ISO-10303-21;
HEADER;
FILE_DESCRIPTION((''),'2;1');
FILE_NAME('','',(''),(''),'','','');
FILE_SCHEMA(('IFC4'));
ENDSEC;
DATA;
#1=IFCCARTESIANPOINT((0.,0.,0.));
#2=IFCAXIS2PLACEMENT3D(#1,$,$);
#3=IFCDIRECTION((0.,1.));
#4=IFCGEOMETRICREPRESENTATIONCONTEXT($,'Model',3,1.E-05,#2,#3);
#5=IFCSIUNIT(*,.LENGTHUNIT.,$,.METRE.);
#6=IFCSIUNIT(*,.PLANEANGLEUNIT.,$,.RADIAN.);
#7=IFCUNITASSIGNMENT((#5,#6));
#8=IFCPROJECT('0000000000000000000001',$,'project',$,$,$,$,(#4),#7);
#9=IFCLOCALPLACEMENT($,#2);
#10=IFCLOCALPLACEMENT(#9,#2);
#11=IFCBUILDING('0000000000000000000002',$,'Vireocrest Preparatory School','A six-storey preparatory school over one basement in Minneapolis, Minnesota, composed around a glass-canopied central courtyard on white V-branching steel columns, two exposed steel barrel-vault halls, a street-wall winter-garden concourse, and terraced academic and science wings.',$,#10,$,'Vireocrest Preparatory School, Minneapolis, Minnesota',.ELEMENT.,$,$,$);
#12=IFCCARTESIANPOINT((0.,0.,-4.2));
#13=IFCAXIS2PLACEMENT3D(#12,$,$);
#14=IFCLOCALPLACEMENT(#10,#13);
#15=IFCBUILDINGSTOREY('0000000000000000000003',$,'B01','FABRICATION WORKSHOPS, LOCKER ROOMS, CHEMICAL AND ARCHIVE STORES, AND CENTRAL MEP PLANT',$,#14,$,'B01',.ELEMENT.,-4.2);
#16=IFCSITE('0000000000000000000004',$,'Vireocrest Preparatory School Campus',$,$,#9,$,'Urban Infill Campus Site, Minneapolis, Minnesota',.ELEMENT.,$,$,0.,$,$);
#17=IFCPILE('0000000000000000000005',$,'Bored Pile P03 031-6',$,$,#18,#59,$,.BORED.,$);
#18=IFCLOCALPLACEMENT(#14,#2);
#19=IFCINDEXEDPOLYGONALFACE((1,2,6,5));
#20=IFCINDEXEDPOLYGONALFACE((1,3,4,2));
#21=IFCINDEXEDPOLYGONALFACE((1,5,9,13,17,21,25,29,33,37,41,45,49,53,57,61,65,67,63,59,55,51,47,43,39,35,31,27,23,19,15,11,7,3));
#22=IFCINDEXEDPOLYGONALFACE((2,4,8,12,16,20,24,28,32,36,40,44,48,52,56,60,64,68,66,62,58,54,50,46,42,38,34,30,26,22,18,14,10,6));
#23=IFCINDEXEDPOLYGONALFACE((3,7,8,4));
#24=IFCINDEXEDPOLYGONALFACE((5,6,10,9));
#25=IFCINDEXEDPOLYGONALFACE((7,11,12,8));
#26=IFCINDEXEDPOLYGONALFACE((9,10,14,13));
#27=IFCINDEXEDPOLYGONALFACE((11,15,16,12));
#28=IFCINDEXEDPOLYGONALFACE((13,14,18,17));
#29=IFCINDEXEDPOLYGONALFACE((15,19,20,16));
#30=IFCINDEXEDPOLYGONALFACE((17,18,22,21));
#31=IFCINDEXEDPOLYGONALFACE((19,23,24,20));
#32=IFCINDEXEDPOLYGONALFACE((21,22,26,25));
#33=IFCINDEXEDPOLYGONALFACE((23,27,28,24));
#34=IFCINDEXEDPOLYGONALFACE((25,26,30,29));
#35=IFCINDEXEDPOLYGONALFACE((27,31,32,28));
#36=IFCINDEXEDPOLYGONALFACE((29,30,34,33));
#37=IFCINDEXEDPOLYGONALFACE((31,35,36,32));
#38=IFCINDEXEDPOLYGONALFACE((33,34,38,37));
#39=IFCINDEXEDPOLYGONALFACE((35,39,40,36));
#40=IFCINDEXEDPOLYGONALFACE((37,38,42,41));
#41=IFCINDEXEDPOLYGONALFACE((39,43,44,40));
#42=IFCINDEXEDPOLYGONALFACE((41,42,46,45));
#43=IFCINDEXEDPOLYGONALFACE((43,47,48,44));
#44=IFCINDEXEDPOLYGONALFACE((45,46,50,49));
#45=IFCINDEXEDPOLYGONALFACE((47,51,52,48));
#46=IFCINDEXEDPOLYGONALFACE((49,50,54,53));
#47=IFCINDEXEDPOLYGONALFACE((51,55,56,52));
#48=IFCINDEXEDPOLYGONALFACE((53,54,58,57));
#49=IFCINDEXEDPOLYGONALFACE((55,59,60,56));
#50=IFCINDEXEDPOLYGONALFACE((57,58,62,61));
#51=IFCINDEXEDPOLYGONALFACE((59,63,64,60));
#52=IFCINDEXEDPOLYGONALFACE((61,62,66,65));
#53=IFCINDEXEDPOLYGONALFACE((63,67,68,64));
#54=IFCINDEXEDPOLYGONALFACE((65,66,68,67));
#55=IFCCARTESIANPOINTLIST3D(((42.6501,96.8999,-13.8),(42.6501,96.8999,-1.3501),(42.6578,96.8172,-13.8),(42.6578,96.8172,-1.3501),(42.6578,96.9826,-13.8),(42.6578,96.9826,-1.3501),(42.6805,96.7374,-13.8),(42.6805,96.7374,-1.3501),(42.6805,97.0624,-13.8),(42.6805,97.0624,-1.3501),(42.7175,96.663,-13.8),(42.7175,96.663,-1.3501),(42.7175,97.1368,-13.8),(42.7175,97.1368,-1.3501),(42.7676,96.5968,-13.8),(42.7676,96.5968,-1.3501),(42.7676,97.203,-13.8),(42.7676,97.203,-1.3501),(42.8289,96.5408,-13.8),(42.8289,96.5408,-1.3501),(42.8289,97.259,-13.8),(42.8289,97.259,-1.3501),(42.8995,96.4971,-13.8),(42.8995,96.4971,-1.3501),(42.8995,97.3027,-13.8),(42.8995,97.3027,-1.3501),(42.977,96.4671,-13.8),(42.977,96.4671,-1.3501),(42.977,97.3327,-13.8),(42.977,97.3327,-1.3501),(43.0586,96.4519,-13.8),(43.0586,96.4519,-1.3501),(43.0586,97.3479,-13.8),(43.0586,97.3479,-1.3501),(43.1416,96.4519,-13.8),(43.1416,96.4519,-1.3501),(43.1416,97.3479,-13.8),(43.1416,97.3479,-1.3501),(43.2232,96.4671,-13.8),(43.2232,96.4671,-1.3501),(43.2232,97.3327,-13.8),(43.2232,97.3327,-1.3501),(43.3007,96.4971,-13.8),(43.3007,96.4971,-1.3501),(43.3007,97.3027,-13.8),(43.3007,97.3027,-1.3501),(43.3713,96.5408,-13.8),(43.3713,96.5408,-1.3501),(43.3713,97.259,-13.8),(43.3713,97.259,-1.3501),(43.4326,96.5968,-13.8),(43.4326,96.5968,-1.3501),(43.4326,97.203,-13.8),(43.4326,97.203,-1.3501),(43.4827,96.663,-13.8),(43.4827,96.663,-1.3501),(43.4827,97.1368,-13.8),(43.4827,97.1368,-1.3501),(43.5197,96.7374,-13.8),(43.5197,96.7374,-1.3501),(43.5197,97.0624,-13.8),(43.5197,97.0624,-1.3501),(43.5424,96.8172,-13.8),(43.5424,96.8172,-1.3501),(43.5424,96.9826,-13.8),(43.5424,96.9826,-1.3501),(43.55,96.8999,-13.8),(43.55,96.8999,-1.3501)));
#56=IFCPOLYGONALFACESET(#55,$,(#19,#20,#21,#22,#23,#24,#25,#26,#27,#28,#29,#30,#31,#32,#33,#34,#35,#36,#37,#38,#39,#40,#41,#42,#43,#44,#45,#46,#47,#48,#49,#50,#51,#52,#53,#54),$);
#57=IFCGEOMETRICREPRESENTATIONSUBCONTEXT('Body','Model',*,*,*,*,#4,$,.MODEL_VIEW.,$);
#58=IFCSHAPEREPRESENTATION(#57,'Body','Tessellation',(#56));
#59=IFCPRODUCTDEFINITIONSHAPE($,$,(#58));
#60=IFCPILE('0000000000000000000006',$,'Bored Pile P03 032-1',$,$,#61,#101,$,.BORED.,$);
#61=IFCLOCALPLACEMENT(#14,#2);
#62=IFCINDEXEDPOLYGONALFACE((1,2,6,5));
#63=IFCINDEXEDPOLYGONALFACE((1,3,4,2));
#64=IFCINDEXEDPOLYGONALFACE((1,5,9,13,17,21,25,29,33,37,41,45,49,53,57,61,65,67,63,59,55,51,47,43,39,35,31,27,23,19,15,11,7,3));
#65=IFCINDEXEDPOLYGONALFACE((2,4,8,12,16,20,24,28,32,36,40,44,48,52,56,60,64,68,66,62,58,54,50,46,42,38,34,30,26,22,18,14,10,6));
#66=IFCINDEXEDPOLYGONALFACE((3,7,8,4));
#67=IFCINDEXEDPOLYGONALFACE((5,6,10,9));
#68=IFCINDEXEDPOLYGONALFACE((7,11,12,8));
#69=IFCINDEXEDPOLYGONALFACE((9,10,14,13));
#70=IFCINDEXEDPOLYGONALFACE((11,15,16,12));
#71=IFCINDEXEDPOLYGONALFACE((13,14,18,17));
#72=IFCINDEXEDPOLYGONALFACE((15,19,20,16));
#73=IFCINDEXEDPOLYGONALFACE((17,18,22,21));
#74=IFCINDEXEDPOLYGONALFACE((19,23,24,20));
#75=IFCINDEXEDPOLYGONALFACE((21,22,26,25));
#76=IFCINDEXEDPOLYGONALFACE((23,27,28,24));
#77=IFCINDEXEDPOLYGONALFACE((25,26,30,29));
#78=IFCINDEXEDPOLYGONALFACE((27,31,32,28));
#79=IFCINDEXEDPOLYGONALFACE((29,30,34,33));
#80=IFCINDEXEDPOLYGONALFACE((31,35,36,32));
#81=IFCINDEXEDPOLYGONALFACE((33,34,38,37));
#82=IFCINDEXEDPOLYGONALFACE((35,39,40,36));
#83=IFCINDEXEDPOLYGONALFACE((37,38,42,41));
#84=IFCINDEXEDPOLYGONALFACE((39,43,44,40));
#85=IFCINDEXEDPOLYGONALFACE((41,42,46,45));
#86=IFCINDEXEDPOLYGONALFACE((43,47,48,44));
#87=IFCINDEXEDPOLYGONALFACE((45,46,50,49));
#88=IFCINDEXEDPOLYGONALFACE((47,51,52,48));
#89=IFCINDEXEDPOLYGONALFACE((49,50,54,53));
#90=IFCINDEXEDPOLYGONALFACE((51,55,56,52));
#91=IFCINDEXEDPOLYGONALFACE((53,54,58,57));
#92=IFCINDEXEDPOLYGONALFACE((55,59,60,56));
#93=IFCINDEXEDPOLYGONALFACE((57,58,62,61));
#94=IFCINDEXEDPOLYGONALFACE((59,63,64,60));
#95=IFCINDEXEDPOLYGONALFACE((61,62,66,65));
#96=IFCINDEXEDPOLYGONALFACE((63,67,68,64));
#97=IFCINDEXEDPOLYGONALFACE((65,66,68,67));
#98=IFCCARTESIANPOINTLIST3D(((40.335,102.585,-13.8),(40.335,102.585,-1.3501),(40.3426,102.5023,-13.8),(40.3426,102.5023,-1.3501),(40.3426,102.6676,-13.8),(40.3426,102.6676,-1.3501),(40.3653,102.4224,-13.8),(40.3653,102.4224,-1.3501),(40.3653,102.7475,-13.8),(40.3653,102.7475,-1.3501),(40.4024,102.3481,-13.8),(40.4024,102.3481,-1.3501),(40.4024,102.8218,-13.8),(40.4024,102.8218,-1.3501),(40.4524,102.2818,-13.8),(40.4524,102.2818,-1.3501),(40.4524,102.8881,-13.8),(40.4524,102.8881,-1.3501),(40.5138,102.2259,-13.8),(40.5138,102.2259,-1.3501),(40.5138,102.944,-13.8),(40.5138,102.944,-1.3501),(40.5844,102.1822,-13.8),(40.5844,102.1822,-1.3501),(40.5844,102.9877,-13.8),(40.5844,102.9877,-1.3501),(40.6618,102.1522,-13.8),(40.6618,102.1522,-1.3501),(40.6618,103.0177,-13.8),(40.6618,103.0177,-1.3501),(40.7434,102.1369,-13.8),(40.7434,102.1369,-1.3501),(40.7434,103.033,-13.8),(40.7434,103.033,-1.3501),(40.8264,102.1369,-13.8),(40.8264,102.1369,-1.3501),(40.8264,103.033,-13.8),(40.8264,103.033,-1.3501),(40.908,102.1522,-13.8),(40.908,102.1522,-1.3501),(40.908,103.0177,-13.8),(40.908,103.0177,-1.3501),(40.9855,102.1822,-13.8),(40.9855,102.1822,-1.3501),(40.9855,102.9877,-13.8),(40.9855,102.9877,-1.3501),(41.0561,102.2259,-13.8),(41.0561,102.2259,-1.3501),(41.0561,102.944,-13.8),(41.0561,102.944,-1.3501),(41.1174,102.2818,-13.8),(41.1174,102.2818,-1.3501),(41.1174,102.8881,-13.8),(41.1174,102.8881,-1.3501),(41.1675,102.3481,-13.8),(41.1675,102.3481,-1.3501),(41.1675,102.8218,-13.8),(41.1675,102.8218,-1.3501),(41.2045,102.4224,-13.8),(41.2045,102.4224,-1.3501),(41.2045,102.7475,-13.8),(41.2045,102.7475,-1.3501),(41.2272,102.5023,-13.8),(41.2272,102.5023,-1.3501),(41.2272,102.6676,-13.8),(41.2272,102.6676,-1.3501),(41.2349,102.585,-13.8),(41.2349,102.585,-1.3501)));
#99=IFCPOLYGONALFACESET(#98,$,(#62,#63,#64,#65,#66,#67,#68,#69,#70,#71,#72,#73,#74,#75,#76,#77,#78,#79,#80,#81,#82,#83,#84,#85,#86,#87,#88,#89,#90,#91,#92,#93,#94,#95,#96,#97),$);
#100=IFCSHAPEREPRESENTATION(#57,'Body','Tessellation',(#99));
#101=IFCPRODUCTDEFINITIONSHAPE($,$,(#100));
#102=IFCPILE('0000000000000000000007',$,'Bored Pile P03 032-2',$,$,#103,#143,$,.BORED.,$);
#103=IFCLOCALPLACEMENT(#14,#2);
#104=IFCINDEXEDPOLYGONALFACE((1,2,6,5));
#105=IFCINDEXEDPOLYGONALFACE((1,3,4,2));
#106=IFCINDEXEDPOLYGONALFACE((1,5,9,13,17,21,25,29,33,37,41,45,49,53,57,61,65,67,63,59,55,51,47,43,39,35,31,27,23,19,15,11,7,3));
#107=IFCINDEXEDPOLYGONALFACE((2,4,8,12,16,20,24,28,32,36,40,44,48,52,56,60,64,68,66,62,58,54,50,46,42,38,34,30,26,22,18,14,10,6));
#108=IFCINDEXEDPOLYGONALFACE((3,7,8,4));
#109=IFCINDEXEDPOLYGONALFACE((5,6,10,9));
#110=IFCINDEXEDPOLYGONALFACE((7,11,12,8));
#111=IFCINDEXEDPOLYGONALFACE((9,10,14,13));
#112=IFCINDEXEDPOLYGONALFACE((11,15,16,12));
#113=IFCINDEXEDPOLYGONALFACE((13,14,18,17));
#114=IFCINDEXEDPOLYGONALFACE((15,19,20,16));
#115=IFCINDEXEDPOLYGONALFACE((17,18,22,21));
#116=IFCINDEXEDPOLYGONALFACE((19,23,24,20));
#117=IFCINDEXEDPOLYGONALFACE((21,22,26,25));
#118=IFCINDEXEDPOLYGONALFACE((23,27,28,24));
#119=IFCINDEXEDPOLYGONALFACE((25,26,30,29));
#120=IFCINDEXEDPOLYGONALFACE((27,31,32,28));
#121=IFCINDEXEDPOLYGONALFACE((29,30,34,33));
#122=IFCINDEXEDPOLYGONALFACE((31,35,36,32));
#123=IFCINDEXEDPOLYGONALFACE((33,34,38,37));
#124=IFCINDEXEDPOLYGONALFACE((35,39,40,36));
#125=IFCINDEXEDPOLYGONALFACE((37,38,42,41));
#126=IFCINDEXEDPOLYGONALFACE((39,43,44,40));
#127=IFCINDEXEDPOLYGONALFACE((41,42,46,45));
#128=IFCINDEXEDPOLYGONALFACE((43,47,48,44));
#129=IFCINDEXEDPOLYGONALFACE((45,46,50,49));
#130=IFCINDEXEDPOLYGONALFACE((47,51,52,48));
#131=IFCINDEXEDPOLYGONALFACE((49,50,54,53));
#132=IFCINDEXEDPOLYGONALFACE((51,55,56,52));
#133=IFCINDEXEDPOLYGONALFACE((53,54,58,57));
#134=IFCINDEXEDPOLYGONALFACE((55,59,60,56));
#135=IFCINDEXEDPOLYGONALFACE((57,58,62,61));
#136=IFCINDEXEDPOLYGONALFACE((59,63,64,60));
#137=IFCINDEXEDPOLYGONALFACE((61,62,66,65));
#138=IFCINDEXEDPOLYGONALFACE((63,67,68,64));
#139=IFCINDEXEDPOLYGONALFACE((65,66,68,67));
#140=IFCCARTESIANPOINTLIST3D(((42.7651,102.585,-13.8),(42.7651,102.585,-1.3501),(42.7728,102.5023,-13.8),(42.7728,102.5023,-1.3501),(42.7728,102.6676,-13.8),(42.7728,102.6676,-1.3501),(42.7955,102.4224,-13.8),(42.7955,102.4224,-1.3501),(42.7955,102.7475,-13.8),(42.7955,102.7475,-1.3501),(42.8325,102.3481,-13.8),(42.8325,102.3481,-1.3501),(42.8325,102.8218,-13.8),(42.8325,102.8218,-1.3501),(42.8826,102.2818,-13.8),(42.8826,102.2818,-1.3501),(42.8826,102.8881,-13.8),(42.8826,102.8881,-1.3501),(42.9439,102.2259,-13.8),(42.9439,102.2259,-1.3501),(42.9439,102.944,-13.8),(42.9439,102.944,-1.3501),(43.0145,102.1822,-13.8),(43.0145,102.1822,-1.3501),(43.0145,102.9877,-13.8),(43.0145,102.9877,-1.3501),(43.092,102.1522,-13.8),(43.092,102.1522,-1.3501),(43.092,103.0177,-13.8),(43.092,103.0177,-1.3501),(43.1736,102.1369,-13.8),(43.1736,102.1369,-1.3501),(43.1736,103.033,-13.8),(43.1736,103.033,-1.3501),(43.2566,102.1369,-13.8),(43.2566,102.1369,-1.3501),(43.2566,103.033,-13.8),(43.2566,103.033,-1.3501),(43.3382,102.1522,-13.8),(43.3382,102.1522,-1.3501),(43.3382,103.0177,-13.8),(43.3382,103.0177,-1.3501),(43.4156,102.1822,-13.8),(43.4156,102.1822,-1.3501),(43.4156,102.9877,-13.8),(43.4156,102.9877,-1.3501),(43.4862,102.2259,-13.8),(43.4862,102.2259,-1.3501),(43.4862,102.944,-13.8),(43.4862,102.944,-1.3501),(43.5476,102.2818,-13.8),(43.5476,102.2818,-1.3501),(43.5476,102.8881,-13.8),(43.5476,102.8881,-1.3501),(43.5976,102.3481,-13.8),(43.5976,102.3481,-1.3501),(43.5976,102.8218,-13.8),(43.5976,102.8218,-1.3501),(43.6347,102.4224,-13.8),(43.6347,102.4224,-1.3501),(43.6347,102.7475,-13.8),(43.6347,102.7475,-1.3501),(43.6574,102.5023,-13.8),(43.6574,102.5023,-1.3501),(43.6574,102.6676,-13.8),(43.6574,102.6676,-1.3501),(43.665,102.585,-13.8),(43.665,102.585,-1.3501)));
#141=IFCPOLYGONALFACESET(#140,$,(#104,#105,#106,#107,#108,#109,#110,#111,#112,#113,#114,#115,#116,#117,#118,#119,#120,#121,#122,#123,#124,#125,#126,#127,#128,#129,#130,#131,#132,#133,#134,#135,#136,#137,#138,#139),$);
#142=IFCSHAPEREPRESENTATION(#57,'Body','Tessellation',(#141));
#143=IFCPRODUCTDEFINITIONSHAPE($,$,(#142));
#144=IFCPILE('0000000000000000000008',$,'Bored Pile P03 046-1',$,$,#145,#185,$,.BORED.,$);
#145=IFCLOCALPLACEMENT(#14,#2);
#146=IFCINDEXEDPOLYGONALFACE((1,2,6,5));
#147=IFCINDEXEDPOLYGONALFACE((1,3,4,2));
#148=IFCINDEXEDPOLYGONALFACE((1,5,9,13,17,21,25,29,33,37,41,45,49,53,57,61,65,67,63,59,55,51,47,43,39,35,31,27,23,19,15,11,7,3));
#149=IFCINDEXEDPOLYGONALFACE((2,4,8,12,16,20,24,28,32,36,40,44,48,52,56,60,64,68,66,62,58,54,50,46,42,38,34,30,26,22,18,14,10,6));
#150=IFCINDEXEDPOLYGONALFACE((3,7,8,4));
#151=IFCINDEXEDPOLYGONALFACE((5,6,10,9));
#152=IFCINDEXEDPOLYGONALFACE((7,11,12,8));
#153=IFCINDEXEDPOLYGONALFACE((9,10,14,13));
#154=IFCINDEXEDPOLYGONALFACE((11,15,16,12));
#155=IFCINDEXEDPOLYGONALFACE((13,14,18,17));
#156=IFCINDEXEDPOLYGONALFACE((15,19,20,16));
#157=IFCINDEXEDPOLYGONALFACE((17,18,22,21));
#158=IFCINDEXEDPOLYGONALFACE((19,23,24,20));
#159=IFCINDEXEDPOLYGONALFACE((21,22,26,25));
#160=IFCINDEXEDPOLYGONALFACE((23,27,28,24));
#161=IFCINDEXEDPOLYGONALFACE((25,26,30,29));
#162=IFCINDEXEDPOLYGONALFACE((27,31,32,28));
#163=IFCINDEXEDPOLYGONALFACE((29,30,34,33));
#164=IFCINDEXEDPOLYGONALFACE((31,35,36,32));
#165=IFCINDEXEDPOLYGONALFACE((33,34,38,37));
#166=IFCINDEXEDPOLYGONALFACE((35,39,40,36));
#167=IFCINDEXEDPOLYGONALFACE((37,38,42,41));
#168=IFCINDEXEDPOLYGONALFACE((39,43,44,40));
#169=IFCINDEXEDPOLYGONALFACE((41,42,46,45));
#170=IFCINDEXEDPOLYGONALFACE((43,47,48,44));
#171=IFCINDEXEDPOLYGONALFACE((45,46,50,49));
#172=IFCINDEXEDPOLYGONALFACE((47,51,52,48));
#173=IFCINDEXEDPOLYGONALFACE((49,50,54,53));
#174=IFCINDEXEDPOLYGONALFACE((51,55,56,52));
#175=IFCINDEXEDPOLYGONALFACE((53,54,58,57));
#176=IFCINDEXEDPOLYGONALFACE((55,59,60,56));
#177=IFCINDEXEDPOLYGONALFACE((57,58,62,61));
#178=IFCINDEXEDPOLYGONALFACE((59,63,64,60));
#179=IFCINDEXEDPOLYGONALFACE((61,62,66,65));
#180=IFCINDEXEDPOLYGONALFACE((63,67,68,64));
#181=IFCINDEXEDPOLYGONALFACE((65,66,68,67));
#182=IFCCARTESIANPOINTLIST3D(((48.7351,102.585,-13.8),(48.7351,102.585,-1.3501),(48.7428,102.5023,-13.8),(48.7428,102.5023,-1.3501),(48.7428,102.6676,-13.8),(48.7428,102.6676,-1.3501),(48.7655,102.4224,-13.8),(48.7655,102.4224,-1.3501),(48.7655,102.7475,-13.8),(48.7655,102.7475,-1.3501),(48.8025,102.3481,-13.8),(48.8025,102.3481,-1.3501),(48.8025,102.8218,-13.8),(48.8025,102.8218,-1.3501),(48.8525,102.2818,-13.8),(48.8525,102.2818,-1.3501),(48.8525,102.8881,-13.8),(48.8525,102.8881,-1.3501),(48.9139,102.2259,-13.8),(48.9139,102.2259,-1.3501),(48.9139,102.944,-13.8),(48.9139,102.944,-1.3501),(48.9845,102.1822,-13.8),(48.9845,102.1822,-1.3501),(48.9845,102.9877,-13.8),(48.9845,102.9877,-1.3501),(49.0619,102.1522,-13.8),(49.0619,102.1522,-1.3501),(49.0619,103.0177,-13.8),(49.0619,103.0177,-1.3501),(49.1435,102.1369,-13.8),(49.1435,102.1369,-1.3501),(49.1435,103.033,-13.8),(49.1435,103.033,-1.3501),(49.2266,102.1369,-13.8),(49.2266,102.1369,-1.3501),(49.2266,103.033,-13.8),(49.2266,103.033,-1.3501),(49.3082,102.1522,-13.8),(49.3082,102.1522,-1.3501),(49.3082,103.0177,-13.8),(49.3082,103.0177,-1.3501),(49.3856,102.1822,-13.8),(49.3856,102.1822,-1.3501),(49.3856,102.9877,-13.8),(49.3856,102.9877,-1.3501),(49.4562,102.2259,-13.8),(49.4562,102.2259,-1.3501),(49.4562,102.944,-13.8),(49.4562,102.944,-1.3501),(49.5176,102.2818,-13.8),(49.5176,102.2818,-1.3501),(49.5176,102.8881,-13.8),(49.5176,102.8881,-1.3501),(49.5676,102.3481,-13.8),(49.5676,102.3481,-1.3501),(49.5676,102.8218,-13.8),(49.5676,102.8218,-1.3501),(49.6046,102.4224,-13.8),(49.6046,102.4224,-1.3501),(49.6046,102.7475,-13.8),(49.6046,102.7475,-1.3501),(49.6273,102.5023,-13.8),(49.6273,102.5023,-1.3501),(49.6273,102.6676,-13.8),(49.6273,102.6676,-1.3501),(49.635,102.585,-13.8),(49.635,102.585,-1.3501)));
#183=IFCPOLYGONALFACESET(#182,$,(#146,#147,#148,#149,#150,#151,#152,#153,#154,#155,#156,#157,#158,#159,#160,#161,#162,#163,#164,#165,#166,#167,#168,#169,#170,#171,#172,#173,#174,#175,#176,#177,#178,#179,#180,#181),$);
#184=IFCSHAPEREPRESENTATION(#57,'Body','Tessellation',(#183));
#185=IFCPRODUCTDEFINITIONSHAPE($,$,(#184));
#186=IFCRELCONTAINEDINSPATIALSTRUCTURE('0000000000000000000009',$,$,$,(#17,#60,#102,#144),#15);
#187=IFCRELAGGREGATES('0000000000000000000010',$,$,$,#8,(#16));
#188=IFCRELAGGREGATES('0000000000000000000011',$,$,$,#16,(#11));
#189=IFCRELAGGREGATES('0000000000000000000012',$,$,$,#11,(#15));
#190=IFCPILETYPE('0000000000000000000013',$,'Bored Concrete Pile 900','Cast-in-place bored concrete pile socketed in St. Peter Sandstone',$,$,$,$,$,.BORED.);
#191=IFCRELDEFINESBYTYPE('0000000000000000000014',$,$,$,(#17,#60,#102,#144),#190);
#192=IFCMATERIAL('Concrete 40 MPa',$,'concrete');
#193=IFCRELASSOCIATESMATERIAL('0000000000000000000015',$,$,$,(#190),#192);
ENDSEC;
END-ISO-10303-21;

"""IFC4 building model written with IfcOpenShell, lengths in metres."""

from ifc_helpers import new_model, si_unit, direction, frame, origin, origin_2d, place, context, subcontext, project, spatial, circle, extrude, material, material_profile, profile_set, type_object, element, save


model = new_model("IFC4")

# Units and contexts
model_context = context("Model", 3, precision=1e-05, world=origin(), true_north=direction((0.0, 1.0)))
body_context = subcontext(model_context, "Body", "Model", "MODEL_VIEW")
ifc_project = project(units=[si_unit("LENGTHUNIT", "METRE"), si_unit("PLANEANGLEUNIT", "RADIAN")], contexts=[model_context])

# Site, building, storey
site_placement = place(None, origin())
site = spatial("IfcSite", under=ifc_project, at=site_placement, Name="Vireocrest Preparatory School Campus", LongName="Urban Infill Campus Site, Minneapolis, Minnesota", CompositionType="ELEMENT", RefElevation=0.0)
building_placement = place(site_placement, origin())
building = spatial("IfcBuilding", under=site, at=building_placement, Name="Vireocrest Preparatory School", Description="A six-storey preparatory school over one basement in Minneapolis, Minnesota, composed around a glass-canopied central courtyard on white V-branching steel columns, two exposed steel barrel-vault halls, a street-wall winter-garden concourse, and terraced academic and science wings.", LongName="Vireocrest Preparatory School, Minneapolis, Minnesota", CompositionType="ELEMENT")
storey_placement = place(building_placement, frame((0.0, 0.0, -4.2)))
storey = spatial("IfcBuildingStorey", under=building, at=storey_placement, Name="B01", Description="FABRICATION WORKSHOPS, LOCKER ROOMS, CHEMICAL AND ARCHIVE STORES, AND CENTRAL MEP PLANT", LongName="B01", CompositionType="ELEMENT", Elevation=-4.2)

# Piles
ifc_material_1 = material(Name="Concrete 40 MPa", Category="concrete")
ifc_material_profile_1 = material_profile(ifc_material_1, circle(Radius=0.45, at=origin_2d()), Name="BORED PILE 900")
ifc_profile_set_1 = profile_set([ifc_material_profile_1], Name="Concrete 40 MPa")
pile_type_1 = type_object("IfcPileType", Name="Bored Concrete Pile 900", Description="Cast-in-place bored concrete pile socketed in St. Peter Sandstone", PredefinedType="BORED", material=ifc_profile_set_1)
for number, where, z_axis, x_axis, name in (
    (1, (43.1001, 96.8999, -1.3501), (0.0, 0.0, -1.0), (1.0, 0.0, 0.0), "Bored Pile P03 031-6"),
    (2, (40.7849, 102.585, -1.3501), (0.0, 0.0, -1.0), (1.0, 0.0, 0.0), "Bored Pile P03 032-1"),
    (3, (43.2151, 102.585, -1.3501), (0.0, 0.0, -1.0), (1.0, 0.0, 0.0), "Bored Pile P03 032-2"),
    (4, (49.1851, 102.585, -1.3501), (0.0, 0.0, -1.0), (1.0, 0.0, 0.0), "Bored Pile P03 046-1"),
):
    element("IfcPile", number, at=place(storey_placement, frame(where, z_axis=z_axis, x_axis=x_axis)), inside=storey, type_object=pile_type_1, Name=name, PredefinedType="BORED", context=body_context, shape_type="SweptSolid", body=[
        extrude(circle(Radius=0.45, at=origin_2d()), origin(), (0.0, 0.0, 1.0), 12.45),
    ])

save(model, "model.ifc")
